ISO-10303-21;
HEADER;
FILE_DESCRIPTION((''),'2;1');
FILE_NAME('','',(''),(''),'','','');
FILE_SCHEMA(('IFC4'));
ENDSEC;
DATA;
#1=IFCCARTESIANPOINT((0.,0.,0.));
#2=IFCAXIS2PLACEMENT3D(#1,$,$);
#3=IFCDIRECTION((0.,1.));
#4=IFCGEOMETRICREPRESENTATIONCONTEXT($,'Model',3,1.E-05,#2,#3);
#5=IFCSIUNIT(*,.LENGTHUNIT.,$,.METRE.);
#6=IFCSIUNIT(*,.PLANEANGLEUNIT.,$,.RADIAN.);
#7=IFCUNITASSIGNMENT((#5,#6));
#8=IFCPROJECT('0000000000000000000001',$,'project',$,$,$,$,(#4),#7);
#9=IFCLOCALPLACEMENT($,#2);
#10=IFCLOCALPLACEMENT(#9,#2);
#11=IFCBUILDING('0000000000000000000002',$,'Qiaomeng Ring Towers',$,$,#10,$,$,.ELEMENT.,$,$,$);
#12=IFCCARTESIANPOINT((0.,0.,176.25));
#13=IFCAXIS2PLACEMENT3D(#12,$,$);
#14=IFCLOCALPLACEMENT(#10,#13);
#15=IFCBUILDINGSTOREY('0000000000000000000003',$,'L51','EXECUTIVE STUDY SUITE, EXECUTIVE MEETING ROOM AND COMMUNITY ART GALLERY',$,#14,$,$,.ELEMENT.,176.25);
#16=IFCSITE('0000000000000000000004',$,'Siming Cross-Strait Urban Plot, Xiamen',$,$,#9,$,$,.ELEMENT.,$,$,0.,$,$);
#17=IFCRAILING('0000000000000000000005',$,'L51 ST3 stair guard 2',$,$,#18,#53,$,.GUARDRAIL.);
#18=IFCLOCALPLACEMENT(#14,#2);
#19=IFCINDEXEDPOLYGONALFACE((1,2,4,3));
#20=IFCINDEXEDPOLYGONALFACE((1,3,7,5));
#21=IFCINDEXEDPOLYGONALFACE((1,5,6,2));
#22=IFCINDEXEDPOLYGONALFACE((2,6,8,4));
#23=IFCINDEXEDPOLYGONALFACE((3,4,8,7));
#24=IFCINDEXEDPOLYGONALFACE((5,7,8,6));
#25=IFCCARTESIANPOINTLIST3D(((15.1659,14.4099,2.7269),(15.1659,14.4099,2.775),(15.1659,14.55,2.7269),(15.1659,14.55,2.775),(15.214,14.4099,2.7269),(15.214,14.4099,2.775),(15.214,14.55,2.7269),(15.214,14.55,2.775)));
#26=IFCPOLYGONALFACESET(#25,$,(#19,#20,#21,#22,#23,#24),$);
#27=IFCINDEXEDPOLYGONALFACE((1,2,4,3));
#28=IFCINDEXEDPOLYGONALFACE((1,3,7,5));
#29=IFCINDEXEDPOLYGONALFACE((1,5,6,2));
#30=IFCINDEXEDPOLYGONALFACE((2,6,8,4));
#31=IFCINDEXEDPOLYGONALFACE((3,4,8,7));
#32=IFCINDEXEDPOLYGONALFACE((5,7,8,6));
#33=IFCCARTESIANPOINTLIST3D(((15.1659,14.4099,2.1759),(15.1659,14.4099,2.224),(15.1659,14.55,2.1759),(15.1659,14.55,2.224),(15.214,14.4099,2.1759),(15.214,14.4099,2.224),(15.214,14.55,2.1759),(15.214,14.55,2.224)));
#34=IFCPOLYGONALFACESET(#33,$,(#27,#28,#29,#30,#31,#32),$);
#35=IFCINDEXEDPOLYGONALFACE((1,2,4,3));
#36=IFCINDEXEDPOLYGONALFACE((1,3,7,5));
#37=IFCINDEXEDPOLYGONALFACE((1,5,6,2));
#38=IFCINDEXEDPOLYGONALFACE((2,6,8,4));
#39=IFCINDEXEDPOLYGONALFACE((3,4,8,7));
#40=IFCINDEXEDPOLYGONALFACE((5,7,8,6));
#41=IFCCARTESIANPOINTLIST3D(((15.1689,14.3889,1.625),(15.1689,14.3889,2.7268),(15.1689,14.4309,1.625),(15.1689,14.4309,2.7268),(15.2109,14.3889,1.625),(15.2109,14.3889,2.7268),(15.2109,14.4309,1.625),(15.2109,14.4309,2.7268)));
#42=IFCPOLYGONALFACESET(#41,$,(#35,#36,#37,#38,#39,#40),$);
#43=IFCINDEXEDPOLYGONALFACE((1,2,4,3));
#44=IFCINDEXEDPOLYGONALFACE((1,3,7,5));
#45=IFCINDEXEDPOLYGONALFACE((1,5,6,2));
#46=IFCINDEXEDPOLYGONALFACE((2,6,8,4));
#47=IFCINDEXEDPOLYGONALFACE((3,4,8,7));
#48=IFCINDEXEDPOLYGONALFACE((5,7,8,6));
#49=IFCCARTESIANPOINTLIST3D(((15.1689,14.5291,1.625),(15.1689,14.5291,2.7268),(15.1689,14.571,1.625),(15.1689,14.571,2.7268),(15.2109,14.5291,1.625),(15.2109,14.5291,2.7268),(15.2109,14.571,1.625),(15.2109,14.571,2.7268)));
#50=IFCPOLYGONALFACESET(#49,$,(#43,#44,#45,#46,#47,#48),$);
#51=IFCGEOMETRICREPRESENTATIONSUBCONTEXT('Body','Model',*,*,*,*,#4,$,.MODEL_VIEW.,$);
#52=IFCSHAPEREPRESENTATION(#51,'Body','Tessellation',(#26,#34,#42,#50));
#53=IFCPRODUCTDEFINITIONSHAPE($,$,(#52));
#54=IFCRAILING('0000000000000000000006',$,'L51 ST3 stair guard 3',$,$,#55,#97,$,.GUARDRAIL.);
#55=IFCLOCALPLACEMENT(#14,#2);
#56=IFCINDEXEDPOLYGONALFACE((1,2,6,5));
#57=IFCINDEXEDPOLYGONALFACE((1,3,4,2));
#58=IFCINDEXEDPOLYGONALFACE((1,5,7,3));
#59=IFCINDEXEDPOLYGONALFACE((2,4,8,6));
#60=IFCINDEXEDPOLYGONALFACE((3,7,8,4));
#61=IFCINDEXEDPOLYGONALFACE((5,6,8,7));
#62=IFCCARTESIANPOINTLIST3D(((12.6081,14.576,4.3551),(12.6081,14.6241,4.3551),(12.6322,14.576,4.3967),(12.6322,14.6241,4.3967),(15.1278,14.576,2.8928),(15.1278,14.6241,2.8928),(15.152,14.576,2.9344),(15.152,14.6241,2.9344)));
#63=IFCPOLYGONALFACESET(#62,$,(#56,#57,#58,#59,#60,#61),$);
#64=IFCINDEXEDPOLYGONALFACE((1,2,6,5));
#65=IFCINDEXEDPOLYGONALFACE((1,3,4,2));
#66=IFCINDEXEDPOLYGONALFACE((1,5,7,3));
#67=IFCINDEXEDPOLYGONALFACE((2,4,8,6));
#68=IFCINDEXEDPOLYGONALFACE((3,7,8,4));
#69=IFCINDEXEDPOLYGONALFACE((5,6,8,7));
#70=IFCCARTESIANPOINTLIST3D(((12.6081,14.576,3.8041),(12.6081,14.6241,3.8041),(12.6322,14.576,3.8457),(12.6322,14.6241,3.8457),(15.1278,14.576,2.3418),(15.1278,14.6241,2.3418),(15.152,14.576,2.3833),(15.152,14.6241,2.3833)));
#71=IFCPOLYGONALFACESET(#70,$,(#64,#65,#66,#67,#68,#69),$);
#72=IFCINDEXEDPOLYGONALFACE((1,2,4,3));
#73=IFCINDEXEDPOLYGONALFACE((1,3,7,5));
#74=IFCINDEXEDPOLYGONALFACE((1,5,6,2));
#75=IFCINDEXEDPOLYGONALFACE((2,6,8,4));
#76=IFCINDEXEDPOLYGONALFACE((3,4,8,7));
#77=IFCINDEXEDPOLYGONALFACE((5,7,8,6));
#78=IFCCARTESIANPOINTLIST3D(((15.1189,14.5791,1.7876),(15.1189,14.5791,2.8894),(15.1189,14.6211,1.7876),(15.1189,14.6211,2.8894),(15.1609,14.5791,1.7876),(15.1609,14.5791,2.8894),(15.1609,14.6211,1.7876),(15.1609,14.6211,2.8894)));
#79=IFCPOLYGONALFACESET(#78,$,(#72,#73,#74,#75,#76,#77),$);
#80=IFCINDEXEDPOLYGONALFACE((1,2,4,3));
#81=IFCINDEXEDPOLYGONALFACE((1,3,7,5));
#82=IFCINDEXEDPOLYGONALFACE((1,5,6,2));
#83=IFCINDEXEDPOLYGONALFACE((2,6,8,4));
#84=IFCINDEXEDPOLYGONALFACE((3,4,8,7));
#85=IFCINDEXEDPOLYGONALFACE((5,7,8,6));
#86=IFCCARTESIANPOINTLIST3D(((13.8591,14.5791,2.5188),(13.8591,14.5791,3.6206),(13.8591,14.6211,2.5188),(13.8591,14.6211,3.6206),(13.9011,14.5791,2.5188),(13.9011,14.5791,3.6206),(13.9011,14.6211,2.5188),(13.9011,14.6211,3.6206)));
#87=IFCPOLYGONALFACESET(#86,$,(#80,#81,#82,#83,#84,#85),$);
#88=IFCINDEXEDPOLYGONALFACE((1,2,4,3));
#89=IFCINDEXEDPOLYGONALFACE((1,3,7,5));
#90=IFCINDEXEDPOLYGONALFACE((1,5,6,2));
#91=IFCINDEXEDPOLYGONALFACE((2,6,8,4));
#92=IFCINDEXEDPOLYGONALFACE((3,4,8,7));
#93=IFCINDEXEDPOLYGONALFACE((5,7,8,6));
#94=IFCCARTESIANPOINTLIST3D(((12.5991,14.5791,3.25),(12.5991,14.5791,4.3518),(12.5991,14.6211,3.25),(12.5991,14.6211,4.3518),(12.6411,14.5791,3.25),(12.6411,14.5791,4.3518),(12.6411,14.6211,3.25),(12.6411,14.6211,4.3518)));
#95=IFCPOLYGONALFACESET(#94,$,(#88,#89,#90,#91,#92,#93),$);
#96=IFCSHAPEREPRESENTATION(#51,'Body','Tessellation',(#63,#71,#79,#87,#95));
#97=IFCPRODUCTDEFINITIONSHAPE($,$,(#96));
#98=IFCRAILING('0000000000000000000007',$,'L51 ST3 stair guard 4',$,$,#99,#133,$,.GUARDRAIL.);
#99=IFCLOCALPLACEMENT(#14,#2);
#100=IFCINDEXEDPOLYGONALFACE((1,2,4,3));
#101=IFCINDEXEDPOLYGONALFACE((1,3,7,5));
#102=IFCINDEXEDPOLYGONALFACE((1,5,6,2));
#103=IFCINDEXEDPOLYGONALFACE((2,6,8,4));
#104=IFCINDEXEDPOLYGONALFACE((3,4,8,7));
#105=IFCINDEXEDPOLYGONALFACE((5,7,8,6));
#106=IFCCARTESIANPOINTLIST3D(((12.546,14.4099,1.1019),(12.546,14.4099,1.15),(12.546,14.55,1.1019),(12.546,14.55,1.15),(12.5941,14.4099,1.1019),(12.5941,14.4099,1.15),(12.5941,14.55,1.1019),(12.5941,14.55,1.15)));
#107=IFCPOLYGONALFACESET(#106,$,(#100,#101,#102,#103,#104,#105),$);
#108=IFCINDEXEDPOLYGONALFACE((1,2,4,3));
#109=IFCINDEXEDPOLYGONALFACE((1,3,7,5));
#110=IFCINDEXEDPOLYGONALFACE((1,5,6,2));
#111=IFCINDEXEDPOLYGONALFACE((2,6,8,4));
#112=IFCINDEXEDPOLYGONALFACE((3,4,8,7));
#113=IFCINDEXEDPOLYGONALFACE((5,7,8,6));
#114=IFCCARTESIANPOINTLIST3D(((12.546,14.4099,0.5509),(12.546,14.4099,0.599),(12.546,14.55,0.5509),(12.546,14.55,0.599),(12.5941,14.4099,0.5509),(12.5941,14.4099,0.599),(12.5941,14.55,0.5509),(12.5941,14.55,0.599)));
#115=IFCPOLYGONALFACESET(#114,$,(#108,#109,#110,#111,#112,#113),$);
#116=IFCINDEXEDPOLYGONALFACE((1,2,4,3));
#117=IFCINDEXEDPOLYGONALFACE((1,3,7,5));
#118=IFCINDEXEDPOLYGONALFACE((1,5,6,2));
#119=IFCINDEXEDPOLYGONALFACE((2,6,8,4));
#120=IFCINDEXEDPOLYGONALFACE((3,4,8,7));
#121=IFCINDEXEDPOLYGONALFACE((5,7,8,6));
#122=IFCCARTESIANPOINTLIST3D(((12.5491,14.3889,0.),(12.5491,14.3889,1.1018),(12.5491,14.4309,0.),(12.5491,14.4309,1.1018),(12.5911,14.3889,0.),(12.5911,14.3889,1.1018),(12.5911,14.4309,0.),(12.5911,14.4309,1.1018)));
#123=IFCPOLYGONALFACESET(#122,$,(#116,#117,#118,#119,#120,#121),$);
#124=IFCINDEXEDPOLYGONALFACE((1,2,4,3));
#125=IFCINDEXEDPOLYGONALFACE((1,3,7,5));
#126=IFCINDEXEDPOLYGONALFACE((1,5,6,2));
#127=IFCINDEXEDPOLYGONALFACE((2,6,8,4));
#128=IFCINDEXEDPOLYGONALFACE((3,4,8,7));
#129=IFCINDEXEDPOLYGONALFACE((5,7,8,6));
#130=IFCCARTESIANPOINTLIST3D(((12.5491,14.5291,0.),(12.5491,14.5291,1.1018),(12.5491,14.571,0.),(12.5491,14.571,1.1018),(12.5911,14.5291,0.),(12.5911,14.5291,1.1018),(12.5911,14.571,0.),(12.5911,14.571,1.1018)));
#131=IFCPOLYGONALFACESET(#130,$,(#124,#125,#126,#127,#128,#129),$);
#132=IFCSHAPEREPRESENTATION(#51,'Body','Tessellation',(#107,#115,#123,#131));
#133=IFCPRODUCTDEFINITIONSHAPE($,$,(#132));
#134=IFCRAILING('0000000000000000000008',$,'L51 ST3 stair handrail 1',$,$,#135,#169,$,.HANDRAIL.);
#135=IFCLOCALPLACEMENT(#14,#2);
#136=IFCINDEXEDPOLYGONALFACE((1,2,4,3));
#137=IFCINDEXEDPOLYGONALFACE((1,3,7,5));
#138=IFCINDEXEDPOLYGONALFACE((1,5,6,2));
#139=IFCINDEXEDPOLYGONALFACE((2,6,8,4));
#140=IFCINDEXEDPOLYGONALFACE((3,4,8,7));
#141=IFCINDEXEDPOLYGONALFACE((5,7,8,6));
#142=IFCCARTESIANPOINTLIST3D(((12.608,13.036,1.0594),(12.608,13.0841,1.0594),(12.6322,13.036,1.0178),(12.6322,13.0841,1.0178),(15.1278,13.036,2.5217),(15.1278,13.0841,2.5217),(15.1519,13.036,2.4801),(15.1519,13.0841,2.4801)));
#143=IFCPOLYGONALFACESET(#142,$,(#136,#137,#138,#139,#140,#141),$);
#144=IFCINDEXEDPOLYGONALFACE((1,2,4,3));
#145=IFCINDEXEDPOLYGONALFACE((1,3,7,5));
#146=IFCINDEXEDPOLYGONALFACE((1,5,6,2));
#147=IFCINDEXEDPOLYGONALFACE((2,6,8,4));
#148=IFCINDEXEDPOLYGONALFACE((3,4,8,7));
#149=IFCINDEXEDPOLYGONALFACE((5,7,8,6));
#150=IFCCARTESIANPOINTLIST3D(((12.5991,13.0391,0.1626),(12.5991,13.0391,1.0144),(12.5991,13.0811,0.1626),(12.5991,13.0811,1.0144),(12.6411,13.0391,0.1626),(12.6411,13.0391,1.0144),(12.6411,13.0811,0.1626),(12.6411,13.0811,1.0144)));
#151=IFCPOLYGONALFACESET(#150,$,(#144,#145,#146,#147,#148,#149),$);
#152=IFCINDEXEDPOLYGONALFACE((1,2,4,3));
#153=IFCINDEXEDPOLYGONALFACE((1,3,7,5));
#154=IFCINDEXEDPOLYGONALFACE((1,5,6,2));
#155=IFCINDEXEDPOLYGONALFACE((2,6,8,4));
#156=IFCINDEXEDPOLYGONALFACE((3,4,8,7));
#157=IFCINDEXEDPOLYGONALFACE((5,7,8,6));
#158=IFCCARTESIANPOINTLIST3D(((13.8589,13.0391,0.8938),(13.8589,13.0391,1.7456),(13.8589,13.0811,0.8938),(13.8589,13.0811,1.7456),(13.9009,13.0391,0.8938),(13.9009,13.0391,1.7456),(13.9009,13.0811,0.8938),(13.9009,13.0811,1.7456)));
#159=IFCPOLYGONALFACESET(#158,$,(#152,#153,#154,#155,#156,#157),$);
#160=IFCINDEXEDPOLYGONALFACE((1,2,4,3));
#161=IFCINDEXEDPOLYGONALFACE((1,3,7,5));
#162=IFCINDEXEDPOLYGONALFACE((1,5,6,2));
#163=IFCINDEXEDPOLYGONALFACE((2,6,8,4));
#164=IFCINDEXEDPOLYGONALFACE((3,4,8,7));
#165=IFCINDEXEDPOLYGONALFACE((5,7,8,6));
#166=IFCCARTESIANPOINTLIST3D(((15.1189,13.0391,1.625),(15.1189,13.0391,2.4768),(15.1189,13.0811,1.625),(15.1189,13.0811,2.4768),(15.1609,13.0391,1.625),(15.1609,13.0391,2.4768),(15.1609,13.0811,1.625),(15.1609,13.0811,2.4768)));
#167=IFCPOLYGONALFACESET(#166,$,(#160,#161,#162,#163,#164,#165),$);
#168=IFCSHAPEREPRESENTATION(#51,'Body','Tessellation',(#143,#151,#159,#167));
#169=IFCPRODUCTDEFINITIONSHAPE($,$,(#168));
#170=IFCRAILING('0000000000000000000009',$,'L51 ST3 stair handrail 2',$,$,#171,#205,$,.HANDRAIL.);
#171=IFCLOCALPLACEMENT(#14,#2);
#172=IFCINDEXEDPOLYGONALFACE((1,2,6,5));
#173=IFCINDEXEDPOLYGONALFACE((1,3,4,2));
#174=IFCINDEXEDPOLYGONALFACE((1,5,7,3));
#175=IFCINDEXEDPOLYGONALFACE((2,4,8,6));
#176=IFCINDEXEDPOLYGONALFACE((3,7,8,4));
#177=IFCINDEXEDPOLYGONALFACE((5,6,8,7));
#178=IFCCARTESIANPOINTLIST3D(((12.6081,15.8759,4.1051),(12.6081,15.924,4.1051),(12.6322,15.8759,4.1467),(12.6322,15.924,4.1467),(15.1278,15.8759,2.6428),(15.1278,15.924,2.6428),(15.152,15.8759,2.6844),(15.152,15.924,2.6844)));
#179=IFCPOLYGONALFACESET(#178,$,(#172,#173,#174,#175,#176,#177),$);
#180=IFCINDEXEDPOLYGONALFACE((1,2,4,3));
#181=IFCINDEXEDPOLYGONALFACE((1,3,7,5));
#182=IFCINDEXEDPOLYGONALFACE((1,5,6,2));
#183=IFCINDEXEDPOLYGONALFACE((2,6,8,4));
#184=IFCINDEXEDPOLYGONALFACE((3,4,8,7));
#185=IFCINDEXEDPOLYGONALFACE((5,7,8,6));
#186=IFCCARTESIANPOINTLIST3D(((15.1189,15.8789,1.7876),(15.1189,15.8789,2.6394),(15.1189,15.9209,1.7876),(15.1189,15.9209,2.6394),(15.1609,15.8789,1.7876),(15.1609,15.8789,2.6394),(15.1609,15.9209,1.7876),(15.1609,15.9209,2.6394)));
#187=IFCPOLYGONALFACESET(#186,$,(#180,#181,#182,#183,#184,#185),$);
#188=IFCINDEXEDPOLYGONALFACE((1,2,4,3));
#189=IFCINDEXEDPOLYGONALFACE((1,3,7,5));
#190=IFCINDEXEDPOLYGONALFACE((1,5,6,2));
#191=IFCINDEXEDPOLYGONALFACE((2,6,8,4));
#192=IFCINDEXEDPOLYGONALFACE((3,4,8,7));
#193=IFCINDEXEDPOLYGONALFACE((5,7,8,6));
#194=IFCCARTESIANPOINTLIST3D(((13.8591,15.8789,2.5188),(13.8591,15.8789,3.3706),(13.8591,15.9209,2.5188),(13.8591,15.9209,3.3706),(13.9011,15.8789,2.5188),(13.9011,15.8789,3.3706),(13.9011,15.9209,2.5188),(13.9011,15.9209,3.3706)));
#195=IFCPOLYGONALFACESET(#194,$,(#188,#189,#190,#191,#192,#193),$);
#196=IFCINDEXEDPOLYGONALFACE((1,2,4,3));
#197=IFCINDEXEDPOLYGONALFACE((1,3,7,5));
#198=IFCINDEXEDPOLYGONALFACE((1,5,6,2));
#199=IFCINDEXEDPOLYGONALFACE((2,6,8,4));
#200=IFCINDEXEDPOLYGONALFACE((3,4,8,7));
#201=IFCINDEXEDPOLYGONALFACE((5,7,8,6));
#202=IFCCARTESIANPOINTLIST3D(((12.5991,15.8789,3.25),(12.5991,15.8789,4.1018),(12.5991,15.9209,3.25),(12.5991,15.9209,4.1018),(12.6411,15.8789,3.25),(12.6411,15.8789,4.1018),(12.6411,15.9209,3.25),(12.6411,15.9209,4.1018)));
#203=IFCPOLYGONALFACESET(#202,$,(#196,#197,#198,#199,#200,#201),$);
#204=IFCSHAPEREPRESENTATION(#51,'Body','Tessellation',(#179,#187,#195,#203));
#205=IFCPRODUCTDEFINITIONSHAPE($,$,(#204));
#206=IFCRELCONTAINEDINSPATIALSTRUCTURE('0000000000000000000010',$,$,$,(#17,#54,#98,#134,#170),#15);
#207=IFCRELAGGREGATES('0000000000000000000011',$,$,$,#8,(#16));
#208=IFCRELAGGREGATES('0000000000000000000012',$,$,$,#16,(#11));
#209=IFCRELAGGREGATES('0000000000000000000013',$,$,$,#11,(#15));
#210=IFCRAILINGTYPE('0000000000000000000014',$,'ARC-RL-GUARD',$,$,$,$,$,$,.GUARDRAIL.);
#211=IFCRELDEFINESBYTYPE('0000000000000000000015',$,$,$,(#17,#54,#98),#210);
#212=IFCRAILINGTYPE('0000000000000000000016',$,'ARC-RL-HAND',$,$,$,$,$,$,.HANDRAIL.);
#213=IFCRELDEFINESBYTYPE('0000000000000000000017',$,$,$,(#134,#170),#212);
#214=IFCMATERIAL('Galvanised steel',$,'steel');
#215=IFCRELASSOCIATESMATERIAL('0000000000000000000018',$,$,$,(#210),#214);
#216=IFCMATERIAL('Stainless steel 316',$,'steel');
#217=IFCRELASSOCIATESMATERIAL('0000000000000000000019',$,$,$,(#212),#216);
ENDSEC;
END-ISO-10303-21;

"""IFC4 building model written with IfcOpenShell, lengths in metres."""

from ifc_helpers import new_model, si_unit, direction, frame, origin, origin_2d, place, context, subcontext, project, spatial, rectangle, extrude, material, type_object, element, save


model = new_model("IFC4")

# Units and contexts
model_context = context("Model", 3, precision=1e-05, world=origin(), true_north=direction((0.0, 1.0)))
body_context = subcontext(model_context, "Body", "Model", "MODEL_VIEW")
ifc_project = project(units=[si_unit("LENGTHUNIT", "METRE"), si_unit("PLANEANGLEUNIT", "RADIAN")], contexts=[model_context])

# Site, building, storey
site_placement = place(None, origin())
site = spatial("IfcSite", under=ifc_project, at=site_placement, Name="Siming Cross-Strait Urban Plot, Xiamen", CompositionType="ELEMENT", RefElevation=0.0)
building_placement = place(site_placement, origin())
building = spatial("IfcBuilding", under=site, at=building_placement, Name="Qiaomeng Ring Towers", CompositionType="ELEMENT")
storey_placement = place(building_placement, frame((0.0, 0.0, 176.25)))
storey = spatial("IfcBuildingStorey", under=building, at=storey_placement, Name="L51", Description="EXECUTIVE STUDY SUITE, EXECUTIVE MEETING ROOM AND COMMUNITY ART GALLERY", CompositionType="ELEMENT", Elevation=176.25)

# Shared definitions
ifc_material_1 = material(Name="Galvanised steel", Category="steel")

# Railings
railing_type_1 = type_object("IfcRailingType", Name="ARC-RL-GUARD", PredefinedType="GUARDRAIL", material=ifc_material_1)
railing_1_placement = place(storey_placement, frame((15.1899, 14.4099, 1.625)))
element("IfcRailing", 1, at=railing_1_placement, inside=storey, type_object=railing_type_1, Name="L51 ST3 stair guard 2", PredefinedType="GUARDRAIL", context=body_context, shape_type="SweptSolid", body=[
    extrude(rectangle(XDim=0.0481, YDim=0.0481, at=origin_2d()), frame((0.0, 0.0, 1.126), z_axis=(0.0, 1.0, 0.0), x_axis=(-1.0, 0.0, 0.0)), (0.0, 0.0, 1.0), 0.1401),
    extrude(rectangle(XDim=0.0481, YDim=0.0481, at=origin_2d()), frame((0.0, 0.0, 0.575), z_axis=(0.0, 1.0, 0.0), x_axis=(-1.0, 0.0, 0.0)), (0.0, 0.0, 1.0), 0.1401),
    extrude(rectangle(XDim=0.042, YDim=0.042, at=origin_2d()), origin(), (0.0, 0.0, 1.0), 1.1018),
    extrude(rectangle(XDim=0.042, YDim=0.042, at=origin_2d()), frame((0.0, 0.1401, 0.0)), (0.0, 0.0, 1.0), 1.1018),
])
railing_2_placement = place(storey_placement, frame((15.1399, 14.6001, 1.7876)))
element("IfcRailing", 2, at=railing_2_placement, inside=storey, type_object=railing_type_1, Name="L51 ST3 stair guard 3", PredefinedType="GUARDRAIL", context=body_context, shape_type="SweptSolid", body=[
    extrude(rectangle(XDim=0.0481, YDim=0.0481, at=origin_2d()), frame((0.0, 0.0, 1.126), z_axis=(-0.864892, 0.0, 0.501958), x_axis=(0.0, -1.0, 0.0)), (0.0, 0.0, 1.0), 2.9133),
    extrude(rectangle(XDim=0.0481, YDim=0.0481, at=origin_2d()), frame((0.0, 0.0, 0.575), z_axis=(-0.864892, 0.0, 0.501958), x_axis=(0.0, -1.0, 0.0)), (0.0, 0.0, 1.0), 2.9133),
    extrude(rectangle(XDim=0.042, YDim=0.042, at=origin_2d()), origin(), (0.0, 0.0, 1.0), 1.1018),
    extrude(rectangle(XDim=0.042, YDim=0.042, at=origin_2d()), frame((-1.2598, 0.0, 0.7312)), (0.0, 0.0, 1.0), 1.1018),
    extrude(rectangle(XDim=0.042, YDim=0.042, at=origin_2d()), frame((-2.5198, 0.0, 1.4624)), (0.0, 0.0, 1.0), 1.1018),
])
railing_3_placement = place(storey_placement, frame((12.5701, 14.4099, 0.0)))
element("IfcRailing", 3, at=railing_3_placement, inside=storey, type_object=railing_type_1, Name="L51 ST3 stair guard 4", PredefinedType="GUARDRAIL", context=body_context, shape_type="SweptSolid", body=[
    extrude(rectangle(XDim=0.0481, YDim=0.0481, at=origin_2d()), frame((0.0, 0.0, 1.126), z_axis=(0.0, 1.0, 0.0), x_axis=(-1.0, 0.0, 0.0)), (0.0, 0.0, 1.0), 0.1401),
    extrude(rectangle(XDim=0.0481, YDim=0.0481, at=origin_2d()), frame((0.0, 0.0, 0.575), z_axis=(0.0, 1.0, 0.0), x_axis=(-1.0, 0.0, 0.0)), (0.0, 0.0, 1.0), 0.1401),
    extrude(rectangle(XDim=0.042, YDim=0.042, at=origin_2d()), origin(), (0.0, 0.0, 1.0), 1.1018),
    extrude(rectangle(XDim=0.042, YDim=0.042, at=origin_2d()), frame((0.0, 0.1401, 0.0)), (0.0, 0.0, 1.0), 1.1018),
])
ifc_material_2 = material(Name="Stainless steel 316", Category="steel")
railing_type_2 = type_object("IfcRailingType", Name="ARC-RL-HAND", PredefinedType="HANDRAIL", material=ifc_material_2)
railing_4_placement = place(storey_placement, frame((12.6201, 13.0601, 0.1626)))
element("IfcRailing", 4, at=railing_4_placement, inside=storey, type_object=railing_type_2, Name="L51 ST3 stair handrail 1", PredefinedType="HANDRAIL", context=body_context, shape_type="SweptSolid", body=[
    extrude(rectangle(XDim=0.0481, YDim=0.0481, at=origin_2d()), frame((0.0, 0.0, 0.876), z_axis=(0.864892, 0.0, 0.501958), x_axis=(0.0, 1.0, 0.0)), (0.0, 0.0, 1.0), 2.9133),
    extrude(rectangle(XDim=0.042, YDim=0.042, at=origin_2d()), origin(), (0.0, 0.0, 1.0), 0.8518),
    extrude(rectangle(XDim=0.042, YDim=0.042, at=origin_2d()), frame((1.2598, 0.0, 0.7312)), (0.0, 0.0, 1.0), 0.8518),
    extrude(rectangle(XDim=0.042, YDim=0.042, at=origin_2d()), frame((2.5198, 0.0, 1.4624)), (0.0, 0.0, 1.0), 0.8518),
])
railing_5_placement = place(storey_placement, frame((15.1399, 15.8999, 1.7876)))
element("IfcRailing", 5, at=railing_5_placement, inside=storey, type_object=railing_type_2, Name="L51 ST3 stair handrail 2", PredefinedType="HANDRAIL", context=body_context, shape_type="SweptSolid", body=[
    extrude(rectangle(XDim=0.0481, YDim=0.0481, at=origin_2d()), frame((0.0, 0.0, 0.876), z_axis=(-0.864892, 0.0, 0.501958), x_axis=(0.0, -1.0, 0.0)), (0.0, 0.0, 1.0), 2.9133),
    extrude(rectangle(XDim=0.042, YDim=0.042, at=origin_2d()), origin(), (0.0, 0.0, 1.0), 0.8518),
    extrude(rectangle(XDim=0.042, YDim=0.042, at=origin_2d()), frame((-1.2598, 0.0, 0.7312)), (0.0, 0.0, 1.0), 0.8518),
    extrude(rectangle(XDim=0.042, YDim=0.042, at=origin_2d()), frame((-2.5198, 0.0, 1.4624)), (0.0, 0.0, 1.0), 0.8518),
])

save(model, "model.ifc")
